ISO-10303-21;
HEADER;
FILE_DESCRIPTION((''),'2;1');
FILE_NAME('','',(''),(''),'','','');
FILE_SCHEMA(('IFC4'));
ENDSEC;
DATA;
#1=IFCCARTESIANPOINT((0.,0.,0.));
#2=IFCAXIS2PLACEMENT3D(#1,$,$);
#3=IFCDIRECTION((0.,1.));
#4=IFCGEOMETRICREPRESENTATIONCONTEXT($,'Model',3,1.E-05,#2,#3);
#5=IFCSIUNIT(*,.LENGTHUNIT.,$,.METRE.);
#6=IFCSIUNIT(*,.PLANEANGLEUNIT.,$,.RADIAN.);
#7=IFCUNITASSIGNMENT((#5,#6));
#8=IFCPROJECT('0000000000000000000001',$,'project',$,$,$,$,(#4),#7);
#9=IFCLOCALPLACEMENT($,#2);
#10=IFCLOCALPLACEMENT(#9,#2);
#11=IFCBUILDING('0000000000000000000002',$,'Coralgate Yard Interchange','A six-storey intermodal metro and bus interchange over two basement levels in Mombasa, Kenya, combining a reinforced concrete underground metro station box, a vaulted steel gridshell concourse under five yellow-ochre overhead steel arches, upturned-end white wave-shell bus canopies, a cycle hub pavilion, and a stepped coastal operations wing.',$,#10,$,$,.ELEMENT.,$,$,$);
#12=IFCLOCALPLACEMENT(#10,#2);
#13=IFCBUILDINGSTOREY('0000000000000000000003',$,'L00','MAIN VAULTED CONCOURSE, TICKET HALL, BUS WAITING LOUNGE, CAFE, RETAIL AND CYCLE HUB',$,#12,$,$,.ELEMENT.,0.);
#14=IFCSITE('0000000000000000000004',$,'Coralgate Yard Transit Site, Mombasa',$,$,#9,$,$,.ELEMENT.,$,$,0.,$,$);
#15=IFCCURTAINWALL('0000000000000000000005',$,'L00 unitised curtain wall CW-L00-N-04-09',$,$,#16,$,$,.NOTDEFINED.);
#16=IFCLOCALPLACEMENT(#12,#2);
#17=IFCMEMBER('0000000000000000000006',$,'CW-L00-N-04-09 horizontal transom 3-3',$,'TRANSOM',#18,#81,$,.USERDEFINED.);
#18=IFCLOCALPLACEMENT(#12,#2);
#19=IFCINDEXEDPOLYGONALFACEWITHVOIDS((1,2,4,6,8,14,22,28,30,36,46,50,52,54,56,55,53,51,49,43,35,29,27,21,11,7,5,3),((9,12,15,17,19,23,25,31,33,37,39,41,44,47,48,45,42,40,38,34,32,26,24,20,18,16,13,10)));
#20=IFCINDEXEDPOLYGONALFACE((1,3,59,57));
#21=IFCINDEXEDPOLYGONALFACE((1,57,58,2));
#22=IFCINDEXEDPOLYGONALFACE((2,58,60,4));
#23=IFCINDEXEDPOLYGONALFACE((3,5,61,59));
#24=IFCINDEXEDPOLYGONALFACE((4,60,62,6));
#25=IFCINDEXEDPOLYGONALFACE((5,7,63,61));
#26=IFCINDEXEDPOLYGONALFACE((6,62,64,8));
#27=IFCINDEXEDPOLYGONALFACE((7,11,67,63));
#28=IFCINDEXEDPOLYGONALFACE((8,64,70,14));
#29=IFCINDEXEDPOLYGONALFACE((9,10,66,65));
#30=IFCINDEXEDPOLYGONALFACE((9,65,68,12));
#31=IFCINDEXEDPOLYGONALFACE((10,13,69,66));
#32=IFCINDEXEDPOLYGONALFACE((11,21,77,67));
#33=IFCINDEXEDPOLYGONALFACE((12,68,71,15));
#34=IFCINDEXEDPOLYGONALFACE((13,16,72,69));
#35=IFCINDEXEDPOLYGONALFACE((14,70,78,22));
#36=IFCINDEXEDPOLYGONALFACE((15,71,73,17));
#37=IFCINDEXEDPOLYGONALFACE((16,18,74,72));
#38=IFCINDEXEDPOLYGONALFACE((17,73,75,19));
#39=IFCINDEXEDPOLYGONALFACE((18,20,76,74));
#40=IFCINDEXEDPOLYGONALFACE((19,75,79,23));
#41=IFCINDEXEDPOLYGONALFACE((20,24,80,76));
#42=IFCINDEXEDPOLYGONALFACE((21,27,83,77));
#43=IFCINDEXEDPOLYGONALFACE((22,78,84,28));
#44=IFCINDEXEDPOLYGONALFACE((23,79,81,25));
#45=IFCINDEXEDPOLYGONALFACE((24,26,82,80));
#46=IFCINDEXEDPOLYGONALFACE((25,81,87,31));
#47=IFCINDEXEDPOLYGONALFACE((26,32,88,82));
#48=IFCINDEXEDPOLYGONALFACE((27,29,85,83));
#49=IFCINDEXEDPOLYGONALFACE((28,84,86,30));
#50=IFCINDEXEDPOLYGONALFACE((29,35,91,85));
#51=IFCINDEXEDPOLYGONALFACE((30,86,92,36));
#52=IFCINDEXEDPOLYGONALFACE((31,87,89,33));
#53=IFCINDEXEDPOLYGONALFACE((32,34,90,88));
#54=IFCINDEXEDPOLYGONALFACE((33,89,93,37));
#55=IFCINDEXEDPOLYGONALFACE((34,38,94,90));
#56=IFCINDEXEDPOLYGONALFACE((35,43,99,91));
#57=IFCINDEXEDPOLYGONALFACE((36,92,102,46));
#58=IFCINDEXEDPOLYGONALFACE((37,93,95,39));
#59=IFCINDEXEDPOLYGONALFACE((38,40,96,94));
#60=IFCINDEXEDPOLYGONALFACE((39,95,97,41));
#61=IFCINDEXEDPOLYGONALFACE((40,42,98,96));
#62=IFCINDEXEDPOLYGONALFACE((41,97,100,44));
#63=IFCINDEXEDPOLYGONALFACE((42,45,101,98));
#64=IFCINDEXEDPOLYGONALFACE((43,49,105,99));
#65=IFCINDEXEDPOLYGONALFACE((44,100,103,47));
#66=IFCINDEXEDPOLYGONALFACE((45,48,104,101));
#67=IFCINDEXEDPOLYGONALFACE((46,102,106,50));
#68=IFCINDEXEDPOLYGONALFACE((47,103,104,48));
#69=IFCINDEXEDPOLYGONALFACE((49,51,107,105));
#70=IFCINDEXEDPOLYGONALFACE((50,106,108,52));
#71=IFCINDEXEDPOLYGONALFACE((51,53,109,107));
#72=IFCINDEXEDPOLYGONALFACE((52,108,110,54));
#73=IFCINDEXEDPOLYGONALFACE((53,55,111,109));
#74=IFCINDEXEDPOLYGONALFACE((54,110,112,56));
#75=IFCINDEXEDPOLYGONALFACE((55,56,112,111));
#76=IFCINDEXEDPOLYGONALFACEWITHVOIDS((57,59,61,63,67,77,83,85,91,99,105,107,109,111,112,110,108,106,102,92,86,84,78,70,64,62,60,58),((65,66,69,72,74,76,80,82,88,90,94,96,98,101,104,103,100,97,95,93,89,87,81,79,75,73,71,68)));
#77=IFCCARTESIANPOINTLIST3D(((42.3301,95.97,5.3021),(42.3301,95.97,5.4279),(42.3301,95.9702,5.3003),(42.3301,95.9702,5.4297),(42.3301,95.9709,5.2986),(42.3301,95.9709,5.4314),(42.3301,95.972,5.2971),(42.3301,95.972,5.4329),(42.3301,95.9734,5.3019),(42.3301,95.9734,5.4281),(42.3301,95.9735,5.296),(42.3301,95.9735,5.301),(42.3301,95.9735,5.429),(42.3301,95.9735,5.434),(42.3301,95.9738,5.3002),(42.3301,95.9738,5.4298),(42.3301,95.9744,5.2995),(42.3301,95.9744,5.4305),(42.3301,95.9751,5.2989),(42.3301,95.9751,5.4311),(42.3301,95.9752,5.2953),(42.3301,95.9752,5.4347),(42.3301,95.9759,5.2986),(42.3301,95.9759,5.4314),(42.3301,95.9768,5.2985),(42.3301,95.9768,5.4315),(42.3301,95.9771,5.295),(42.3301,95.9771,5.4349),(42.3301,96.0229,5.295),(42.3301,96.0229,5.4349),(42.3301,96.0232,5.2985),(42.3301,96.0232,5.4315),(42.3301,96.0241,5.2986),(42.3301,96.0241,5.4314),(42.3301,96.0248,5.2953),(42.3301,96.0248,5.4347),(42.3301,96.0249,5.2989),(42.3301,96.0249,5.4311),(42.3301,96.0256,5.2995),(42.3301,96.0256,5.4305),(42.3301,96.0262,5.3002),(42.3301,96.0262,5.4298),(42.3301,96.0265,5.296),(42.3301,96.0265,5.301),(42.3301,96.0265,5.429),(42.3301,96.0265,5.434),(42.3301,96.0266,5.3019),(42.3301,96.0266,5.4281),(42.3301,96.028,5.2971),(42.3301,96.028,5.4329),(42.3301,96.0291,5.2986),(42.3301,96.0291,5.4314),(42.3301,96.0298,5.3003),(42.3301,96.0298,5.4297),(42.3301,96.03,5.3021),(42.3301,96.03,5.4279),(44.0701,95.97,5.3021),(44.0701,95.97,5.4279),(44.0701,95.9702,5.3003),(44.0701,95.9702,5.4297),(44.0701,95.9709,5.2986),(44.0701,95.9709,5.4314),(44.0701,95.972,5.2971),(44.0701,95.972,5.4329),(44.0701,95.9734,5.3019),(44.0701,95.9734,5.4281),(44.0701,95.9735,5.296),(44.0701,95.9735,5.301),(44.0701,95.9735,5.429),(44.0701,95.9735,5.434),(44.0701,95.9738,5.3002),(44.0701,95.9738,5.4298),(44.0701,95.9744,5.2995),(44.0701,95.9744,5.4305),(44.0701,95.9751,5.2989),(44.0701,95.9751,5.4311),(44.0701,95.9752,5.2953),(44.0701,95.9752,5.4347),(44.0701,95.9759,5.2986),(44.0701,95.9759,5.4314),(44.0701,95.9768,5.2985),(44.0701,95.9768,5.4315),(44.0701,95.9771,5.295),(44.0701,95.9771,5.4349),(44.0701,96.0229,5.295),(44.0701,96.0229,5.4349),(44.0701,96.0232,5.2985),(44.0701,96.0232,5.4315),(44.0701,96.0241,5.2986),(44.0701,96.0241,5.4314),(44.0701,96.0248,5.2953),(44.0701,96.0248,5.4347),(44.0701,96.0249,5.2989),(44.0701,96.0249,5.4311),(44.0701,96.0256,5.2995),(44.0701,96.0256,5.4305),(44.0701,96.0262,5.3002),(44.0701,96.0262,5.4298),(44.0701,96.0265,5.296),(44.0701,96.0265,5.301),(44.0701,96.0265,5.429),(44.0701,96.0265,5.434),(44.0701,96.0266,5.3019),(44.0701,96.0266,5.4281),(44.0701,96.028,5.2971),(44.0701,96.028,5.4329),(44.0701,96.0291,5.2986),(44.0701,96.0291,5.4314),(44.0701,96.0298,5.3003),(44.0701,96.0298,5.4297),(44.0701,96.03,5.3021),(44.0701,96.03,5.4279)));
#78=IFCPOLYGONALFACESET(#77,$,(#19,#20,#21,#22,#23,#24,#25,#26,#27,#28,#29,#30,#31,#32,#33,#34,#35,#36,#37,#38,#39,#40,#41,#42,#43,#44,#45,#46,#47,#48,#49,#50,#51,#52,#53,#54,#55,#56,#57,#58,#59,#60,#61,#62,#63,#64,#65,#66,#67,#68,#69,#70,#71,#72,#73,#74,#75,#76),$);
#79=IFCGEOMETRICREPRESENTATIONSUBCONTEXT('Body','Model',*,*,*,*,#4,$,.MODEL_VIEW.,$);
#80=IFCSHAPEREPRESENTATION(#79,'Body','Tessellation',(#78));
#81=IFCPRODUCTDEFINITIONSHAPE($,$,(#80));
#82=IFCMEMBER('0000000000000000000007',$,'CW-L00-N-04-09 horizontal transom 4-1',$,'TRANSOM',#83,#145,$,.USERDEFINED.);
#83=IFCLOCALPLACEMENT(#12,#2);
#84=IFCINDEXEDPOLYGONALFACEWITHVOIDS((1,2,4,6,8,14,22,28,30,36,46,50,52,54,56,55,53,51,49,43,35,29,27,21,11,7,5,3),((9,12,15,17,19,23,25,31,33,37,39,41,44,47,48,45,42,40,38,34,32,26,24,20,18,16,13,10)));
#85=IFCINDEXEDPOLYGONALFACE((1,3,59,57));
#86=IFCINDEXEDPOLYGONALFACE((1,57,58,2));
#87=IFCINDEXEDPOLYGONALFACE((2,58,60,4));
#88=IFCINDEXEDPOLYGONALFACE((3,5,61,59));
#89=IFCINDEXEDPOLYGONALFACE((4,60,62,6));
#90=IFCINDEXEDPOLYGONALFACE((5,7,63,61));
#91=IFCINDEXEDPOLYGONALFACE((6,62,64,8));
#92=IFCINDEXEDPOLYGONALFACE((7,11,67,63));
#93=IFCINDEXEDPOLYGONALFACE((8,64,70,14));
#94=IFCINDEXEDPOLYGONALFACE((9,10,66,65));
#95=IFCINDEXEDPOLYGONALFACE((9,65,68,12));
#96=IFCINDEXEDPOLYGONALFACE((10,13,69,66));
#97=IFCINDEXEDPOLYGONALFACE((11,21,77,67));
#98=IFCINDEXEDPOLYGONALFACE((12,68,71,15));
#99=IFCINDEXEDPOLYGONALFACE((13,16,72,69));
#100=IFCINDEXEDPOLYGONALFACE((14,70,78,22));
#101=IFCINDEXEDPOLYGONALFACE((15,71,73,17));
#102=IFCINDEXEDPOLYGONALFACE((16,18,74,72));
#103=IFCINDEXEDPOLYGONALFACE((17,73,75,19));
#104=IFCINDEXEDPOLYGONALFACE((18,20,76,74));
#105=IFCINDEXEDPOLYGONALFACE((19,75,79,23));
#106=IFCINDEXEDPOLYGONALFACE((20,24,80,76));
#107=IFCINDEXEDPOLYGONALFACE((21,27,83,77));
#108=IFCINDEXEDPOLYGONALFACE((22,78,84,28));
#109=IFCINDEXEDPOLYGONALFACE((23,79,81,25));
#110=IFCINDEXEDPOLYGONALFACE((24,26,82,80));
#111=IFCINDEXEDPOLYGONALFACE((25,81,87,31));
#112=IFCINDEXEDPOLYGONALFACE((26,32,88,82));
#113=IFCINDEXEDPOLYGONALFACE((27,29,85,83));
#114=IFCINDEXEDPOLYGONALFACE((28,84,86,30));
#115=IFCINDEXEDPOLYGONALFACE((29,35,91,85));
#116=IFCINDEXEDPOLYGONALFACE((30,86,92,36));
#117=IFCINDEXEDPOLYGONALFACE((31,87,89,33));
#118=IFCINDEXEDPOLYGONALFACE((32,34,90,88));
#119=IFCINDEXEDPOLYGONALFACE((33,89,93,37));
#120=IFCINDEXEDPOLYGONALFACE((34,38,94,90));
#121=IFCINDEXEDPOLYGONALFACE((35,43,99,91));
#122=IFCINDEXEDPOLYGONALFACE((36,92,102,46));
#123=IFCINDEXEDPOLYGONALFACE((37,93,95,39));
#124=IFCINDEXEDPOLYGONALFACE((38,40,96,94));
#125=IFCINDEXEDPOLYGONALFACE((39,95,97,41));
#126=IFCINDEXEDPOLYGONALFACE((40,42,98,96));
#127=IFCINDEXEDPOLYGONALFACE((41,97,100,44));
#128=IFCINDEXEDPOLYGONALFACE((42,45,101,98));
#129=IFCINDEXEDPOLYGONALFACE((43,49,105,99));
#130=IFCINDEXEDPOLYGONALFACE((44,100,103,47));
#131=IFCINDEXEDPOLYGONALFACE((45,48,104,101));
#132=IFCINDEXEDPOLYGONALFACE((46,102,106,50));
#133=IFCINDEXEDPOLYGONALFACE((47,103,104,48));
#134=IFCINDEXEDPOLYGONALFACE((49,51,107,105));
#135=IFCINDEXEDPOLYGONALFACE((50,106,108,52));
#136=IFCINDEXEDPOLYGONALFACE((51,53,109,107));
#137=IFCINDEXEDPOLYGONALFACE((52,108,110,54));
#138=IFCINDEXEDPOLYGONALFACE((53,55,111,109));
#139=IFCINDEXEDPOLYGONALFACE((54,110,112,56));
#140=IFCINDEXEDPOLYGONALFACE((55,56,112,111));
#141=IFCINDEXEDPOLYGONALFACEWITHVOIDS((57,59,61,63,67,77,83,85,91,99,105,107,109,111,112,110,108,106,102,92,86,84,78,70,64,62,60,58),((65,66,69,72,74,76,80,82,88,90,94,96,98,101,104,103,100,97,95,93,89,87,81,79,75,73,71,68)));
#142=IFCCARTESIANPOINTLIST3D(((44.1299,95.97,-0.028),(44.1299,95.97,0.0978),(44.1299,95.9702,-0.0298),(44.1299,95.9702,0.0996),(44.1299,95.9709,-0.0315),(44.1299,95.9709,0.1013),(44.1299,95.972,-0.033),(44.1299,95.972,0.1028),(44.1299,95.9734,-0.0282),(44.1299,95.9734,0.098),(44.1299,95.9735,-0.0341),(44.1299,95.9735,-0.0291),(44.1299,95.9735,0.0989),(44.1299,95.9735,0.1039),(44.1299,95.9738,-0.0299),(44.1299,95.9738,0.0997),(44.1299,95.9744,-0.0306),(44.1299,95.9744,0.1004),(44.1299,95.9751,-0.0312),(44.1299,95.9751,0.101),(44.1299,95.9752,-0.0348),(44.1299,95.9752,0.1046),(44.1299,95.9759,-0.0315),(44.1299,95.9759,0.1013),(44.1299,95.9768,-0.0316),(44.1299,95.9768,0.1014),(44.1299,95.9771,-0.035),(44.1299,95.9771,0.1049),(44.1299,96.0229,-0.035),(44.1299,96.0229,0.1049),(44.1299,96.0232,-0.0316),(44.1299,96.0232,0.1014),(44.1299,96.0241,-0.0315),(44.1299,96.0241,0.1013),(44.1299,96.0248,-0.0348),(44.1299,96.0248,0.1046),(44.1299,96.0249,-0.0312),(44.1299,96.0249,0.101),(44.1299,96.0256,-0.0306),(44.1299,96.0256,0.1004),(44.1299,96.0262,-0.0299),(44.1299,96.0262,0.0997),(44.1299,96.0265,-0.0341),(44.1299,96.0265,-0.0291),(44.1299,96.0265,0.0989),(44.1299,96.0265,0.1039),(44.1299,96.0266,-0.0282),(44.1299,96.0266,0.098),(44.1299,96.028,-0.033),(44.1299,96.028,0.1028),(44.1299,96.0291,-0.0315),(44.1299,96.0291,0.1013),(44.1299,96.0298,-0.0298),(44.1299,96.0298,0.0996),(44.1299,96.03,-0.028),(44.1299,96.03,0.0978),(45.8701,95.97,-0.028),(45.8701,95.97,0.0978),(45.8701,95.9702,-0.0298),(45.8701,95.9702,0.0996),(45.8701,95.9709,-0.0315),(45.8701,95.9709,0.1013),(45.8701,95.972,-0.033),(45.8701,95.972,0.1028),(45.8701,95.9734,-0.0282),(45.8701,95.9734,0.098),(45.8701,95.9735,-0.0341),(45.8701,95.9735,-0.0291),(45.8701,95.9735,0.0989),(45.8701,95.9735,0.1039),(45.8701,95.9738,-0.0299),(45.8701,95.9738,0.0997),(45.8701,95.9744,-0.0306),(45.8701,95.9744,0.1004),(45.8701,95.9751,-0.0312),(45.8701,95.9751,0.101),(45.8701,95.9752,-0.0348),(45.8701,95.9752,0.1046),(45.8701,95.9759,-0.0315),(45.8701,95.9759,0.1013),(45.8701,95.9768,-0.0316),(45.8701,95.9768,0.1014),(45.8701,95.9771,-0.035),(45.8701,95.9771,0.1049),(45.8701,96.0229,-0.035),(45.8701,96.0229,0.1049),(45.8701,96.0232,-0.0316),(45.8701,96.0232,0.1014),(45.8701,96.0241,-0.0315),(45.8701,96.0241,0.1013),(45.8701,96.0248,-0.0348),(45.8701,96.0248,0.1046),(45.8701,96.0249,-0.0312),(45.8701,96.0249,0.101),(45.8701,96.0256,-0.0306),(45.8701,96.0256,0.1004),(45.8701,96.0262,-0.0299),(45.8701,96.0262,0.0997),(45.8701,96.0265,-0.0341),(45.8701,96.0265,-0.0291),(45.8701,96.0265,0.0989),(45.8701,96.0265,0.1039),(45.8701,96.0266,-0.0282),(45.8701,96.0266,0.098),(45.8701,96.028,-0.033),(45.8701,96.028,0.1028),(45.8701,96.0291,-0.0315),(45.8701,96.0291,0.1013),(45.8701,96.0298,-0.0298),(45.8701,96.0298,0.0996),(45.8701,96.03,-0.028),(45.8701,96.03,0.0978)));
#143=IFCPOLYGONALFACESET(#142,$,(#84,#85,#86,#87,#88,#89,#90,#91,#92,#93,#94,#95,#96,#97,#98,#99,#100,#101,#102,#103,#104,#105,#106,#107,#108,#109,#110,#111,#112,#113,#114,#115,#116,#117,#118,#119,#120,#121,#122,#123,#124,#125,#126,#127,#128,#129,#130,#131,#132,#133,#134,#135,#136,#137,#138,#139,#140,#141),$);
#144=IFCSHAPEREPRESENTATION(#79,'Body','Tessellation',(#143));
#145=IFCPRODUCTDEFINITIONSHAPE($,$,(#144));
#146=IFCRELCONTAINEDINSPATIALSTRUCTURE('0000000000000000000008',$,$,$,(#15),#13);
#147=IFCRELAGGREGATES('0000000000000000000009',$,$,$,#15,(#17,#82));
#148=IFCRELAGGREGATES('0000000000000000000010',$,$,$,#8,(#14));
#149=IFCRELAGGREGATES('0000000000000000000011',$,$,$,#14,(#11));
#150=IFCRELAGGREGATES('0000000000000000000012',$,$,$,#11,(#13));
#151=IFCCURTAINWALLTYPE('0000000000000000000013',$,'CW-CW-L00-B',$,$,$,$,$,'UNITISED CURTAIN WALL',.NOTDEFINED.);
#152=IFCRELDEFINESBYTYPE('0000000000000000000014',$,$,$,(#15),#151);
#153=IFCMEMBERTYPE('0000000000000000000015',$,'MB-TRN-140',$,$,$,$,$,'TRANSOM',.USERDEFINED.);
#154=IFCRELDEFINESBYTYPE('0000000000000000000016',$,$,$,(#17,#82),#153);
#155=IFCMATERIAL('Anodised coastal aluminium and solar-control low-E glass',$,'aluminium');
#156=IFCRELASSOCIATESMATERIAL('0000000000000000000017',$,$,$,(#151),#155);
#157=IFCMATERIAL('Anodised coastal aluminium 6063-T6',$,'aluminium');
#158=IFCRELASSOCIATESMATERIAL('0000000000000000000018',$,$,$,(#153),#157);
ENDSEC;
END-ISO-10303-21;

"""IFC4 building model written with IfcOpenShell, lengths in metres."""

from ifc_helpers import new_model, si_unit, direction, frame, origin, origin_2d, place, context, subcontext, project, spatial, hollow_rectangle, extrude, material, material_profile, profile_set, type_object, element, aggregate, save


model = new_model("IFC4")

# Units and contexts
model_context = context("Model", 3, precision=1e-05, world=origin(), true_north=direction((0.0, 1.0)))
body_context = subcontext(model_context, "Body", "Model", "MODEL_VIEW")
ifc_project = project(units=[si_unit("LENGTHUNIT", "METRE"), si_unit("PLANEANGLEUNIT", "RADIAN")], contexts=[model_context])

# Site, building, storey
site_placement = place(None, origin())
site = spatial("IfcSite", under=ifc_project, at=site_placement, Name="Coralgate Yard Transit Site, Mombasa", CompositionType="ELEMENT", RefElevation=0.0)
building_placement = place(site_placement, origin())
building = spatial("IfcBuilding", under=site, at=building_placement, Name="Coralgate Yard Interchange", Description="A six-storey intermodal metro and bus interchange over two basement levels in Mombasa, Kenya, combining a reinforced concrete underground metro station box, a vaulted steel gridshell concourse under five yellow-ochre overhead steel arches, upturned-end white wave-shell bus canopies, a cycle hub pavilion, and a stepped coastal operations wing.", CompositionType="ELEMENT")
storey_placement = place(building_placement, origin())
storey = spatial("IfcBuildingStorey", under=building, at=storey_placement, Name="L00", Description="MAIN VAULTED CONCOURSE, TICKET HALL, BUS WAITING LOUNGE, CAFE, RETAIL AND CYCLE HUB", CompositionType="ELEMENT", Elevation=0.0)

# Curtain wall, members
ifc_material_1 = material(Name="Anodised coastal aluminium and solar-control low-E glass", Category="aluminium")
curtain_wall_type = type_object("IfcCurtainWallType", Name="CW-CW-L00-B", ElementType="UNITISED CURTAIN WALL", PredefinedType="NOTDEFINED", material=ifc_material_1)
curtain_wall_placement = place(storey_placement, origin())
curtain_wall = element("IfcCurtainWall", 1, at=curtain_wall_placement, inside=storey, type_object=curtain_wall_type, Name="L00 unitised curtain wall CW-L00-N-04-09", PredefinedType="NOTDEFINED")
ifc_material_2 = material(Name="Anodised coastal aluminium 6063-T6", Category="aluminium")
ifc_material_profile_1 = material_profile(ifc_material_2, hollow_rectangle(XDim=0.0601, YDim=0.1399, WallThickness=0.0034, InnerFilletRadius=0.0034, OuterFilletRadius=0.0071, at=origin_2d()), Name="ALU 60x140x3.5")
ifc_profile_set_1 = profile_set([ifc_material_profile_1], Name="Anodised coastal aluminium 6063-T6")
member_type_1 = type_object("IfcMemberType", Name="MB-TRN-140", ElementType="TRANSOM", PredefinedType="USERDEFINED", material=ifc_profile_set_1)
member_1_placement = place(storey_placement, frame((42.3301, 96.0, 5.365), z_axis=(1.0, 0.0, 0.0), x_axis=(0.0, 1.0, 0.0)))
member_1 = element("IfcMember", 2, at=member_1_placement, type_object=member_type_1, Name="CW-L00-N-04-09 horizontal transom 3-3", ObjectType="TRANSOM", PredefinedType="USERDEFINED", context=body_context, shape_type="SweptSolid", body=[
    extrude(hollow_rectangle(XDim=0.0601, YDim=0.1399, WallThickness=0.0034, InnerFilletRadius=0.0034, OuterFilletRadius=0.0071, at=origin_2d()), origin(), (0.0, 0.0, 1.0), 1.74),
])
member_2_placement = place(storey_placement, frame((44.1299, 96.0, 0.0349), z_axis=(1.0, 0.0, 0.0), x_axis=(0.0, 1.0, 0.0)))
member_2 = element("IfcMember", 3, at=member_2_placement, type_object=member_type_1, Name="CW-L00-N-04-09 horizontal transom 4-1", ObjectType="TRANSOM", PredefinedType="USERDEFINED", context=body_context, shape_type="SweptSolid", body=[
    extrude(hollow_rectangle(XDim=0.0601, YDim=0.1399, WallThickness=0.0034, InnerFilletRadius=0.0034, OuterFilletRadius=0.0071, at=origin_2d()), origin(), (0.0, 0.0, 1.0), 1.7402),
])
aggregate(curtain_wall, [member_1, member_2])

save(model, "model.ifc")
